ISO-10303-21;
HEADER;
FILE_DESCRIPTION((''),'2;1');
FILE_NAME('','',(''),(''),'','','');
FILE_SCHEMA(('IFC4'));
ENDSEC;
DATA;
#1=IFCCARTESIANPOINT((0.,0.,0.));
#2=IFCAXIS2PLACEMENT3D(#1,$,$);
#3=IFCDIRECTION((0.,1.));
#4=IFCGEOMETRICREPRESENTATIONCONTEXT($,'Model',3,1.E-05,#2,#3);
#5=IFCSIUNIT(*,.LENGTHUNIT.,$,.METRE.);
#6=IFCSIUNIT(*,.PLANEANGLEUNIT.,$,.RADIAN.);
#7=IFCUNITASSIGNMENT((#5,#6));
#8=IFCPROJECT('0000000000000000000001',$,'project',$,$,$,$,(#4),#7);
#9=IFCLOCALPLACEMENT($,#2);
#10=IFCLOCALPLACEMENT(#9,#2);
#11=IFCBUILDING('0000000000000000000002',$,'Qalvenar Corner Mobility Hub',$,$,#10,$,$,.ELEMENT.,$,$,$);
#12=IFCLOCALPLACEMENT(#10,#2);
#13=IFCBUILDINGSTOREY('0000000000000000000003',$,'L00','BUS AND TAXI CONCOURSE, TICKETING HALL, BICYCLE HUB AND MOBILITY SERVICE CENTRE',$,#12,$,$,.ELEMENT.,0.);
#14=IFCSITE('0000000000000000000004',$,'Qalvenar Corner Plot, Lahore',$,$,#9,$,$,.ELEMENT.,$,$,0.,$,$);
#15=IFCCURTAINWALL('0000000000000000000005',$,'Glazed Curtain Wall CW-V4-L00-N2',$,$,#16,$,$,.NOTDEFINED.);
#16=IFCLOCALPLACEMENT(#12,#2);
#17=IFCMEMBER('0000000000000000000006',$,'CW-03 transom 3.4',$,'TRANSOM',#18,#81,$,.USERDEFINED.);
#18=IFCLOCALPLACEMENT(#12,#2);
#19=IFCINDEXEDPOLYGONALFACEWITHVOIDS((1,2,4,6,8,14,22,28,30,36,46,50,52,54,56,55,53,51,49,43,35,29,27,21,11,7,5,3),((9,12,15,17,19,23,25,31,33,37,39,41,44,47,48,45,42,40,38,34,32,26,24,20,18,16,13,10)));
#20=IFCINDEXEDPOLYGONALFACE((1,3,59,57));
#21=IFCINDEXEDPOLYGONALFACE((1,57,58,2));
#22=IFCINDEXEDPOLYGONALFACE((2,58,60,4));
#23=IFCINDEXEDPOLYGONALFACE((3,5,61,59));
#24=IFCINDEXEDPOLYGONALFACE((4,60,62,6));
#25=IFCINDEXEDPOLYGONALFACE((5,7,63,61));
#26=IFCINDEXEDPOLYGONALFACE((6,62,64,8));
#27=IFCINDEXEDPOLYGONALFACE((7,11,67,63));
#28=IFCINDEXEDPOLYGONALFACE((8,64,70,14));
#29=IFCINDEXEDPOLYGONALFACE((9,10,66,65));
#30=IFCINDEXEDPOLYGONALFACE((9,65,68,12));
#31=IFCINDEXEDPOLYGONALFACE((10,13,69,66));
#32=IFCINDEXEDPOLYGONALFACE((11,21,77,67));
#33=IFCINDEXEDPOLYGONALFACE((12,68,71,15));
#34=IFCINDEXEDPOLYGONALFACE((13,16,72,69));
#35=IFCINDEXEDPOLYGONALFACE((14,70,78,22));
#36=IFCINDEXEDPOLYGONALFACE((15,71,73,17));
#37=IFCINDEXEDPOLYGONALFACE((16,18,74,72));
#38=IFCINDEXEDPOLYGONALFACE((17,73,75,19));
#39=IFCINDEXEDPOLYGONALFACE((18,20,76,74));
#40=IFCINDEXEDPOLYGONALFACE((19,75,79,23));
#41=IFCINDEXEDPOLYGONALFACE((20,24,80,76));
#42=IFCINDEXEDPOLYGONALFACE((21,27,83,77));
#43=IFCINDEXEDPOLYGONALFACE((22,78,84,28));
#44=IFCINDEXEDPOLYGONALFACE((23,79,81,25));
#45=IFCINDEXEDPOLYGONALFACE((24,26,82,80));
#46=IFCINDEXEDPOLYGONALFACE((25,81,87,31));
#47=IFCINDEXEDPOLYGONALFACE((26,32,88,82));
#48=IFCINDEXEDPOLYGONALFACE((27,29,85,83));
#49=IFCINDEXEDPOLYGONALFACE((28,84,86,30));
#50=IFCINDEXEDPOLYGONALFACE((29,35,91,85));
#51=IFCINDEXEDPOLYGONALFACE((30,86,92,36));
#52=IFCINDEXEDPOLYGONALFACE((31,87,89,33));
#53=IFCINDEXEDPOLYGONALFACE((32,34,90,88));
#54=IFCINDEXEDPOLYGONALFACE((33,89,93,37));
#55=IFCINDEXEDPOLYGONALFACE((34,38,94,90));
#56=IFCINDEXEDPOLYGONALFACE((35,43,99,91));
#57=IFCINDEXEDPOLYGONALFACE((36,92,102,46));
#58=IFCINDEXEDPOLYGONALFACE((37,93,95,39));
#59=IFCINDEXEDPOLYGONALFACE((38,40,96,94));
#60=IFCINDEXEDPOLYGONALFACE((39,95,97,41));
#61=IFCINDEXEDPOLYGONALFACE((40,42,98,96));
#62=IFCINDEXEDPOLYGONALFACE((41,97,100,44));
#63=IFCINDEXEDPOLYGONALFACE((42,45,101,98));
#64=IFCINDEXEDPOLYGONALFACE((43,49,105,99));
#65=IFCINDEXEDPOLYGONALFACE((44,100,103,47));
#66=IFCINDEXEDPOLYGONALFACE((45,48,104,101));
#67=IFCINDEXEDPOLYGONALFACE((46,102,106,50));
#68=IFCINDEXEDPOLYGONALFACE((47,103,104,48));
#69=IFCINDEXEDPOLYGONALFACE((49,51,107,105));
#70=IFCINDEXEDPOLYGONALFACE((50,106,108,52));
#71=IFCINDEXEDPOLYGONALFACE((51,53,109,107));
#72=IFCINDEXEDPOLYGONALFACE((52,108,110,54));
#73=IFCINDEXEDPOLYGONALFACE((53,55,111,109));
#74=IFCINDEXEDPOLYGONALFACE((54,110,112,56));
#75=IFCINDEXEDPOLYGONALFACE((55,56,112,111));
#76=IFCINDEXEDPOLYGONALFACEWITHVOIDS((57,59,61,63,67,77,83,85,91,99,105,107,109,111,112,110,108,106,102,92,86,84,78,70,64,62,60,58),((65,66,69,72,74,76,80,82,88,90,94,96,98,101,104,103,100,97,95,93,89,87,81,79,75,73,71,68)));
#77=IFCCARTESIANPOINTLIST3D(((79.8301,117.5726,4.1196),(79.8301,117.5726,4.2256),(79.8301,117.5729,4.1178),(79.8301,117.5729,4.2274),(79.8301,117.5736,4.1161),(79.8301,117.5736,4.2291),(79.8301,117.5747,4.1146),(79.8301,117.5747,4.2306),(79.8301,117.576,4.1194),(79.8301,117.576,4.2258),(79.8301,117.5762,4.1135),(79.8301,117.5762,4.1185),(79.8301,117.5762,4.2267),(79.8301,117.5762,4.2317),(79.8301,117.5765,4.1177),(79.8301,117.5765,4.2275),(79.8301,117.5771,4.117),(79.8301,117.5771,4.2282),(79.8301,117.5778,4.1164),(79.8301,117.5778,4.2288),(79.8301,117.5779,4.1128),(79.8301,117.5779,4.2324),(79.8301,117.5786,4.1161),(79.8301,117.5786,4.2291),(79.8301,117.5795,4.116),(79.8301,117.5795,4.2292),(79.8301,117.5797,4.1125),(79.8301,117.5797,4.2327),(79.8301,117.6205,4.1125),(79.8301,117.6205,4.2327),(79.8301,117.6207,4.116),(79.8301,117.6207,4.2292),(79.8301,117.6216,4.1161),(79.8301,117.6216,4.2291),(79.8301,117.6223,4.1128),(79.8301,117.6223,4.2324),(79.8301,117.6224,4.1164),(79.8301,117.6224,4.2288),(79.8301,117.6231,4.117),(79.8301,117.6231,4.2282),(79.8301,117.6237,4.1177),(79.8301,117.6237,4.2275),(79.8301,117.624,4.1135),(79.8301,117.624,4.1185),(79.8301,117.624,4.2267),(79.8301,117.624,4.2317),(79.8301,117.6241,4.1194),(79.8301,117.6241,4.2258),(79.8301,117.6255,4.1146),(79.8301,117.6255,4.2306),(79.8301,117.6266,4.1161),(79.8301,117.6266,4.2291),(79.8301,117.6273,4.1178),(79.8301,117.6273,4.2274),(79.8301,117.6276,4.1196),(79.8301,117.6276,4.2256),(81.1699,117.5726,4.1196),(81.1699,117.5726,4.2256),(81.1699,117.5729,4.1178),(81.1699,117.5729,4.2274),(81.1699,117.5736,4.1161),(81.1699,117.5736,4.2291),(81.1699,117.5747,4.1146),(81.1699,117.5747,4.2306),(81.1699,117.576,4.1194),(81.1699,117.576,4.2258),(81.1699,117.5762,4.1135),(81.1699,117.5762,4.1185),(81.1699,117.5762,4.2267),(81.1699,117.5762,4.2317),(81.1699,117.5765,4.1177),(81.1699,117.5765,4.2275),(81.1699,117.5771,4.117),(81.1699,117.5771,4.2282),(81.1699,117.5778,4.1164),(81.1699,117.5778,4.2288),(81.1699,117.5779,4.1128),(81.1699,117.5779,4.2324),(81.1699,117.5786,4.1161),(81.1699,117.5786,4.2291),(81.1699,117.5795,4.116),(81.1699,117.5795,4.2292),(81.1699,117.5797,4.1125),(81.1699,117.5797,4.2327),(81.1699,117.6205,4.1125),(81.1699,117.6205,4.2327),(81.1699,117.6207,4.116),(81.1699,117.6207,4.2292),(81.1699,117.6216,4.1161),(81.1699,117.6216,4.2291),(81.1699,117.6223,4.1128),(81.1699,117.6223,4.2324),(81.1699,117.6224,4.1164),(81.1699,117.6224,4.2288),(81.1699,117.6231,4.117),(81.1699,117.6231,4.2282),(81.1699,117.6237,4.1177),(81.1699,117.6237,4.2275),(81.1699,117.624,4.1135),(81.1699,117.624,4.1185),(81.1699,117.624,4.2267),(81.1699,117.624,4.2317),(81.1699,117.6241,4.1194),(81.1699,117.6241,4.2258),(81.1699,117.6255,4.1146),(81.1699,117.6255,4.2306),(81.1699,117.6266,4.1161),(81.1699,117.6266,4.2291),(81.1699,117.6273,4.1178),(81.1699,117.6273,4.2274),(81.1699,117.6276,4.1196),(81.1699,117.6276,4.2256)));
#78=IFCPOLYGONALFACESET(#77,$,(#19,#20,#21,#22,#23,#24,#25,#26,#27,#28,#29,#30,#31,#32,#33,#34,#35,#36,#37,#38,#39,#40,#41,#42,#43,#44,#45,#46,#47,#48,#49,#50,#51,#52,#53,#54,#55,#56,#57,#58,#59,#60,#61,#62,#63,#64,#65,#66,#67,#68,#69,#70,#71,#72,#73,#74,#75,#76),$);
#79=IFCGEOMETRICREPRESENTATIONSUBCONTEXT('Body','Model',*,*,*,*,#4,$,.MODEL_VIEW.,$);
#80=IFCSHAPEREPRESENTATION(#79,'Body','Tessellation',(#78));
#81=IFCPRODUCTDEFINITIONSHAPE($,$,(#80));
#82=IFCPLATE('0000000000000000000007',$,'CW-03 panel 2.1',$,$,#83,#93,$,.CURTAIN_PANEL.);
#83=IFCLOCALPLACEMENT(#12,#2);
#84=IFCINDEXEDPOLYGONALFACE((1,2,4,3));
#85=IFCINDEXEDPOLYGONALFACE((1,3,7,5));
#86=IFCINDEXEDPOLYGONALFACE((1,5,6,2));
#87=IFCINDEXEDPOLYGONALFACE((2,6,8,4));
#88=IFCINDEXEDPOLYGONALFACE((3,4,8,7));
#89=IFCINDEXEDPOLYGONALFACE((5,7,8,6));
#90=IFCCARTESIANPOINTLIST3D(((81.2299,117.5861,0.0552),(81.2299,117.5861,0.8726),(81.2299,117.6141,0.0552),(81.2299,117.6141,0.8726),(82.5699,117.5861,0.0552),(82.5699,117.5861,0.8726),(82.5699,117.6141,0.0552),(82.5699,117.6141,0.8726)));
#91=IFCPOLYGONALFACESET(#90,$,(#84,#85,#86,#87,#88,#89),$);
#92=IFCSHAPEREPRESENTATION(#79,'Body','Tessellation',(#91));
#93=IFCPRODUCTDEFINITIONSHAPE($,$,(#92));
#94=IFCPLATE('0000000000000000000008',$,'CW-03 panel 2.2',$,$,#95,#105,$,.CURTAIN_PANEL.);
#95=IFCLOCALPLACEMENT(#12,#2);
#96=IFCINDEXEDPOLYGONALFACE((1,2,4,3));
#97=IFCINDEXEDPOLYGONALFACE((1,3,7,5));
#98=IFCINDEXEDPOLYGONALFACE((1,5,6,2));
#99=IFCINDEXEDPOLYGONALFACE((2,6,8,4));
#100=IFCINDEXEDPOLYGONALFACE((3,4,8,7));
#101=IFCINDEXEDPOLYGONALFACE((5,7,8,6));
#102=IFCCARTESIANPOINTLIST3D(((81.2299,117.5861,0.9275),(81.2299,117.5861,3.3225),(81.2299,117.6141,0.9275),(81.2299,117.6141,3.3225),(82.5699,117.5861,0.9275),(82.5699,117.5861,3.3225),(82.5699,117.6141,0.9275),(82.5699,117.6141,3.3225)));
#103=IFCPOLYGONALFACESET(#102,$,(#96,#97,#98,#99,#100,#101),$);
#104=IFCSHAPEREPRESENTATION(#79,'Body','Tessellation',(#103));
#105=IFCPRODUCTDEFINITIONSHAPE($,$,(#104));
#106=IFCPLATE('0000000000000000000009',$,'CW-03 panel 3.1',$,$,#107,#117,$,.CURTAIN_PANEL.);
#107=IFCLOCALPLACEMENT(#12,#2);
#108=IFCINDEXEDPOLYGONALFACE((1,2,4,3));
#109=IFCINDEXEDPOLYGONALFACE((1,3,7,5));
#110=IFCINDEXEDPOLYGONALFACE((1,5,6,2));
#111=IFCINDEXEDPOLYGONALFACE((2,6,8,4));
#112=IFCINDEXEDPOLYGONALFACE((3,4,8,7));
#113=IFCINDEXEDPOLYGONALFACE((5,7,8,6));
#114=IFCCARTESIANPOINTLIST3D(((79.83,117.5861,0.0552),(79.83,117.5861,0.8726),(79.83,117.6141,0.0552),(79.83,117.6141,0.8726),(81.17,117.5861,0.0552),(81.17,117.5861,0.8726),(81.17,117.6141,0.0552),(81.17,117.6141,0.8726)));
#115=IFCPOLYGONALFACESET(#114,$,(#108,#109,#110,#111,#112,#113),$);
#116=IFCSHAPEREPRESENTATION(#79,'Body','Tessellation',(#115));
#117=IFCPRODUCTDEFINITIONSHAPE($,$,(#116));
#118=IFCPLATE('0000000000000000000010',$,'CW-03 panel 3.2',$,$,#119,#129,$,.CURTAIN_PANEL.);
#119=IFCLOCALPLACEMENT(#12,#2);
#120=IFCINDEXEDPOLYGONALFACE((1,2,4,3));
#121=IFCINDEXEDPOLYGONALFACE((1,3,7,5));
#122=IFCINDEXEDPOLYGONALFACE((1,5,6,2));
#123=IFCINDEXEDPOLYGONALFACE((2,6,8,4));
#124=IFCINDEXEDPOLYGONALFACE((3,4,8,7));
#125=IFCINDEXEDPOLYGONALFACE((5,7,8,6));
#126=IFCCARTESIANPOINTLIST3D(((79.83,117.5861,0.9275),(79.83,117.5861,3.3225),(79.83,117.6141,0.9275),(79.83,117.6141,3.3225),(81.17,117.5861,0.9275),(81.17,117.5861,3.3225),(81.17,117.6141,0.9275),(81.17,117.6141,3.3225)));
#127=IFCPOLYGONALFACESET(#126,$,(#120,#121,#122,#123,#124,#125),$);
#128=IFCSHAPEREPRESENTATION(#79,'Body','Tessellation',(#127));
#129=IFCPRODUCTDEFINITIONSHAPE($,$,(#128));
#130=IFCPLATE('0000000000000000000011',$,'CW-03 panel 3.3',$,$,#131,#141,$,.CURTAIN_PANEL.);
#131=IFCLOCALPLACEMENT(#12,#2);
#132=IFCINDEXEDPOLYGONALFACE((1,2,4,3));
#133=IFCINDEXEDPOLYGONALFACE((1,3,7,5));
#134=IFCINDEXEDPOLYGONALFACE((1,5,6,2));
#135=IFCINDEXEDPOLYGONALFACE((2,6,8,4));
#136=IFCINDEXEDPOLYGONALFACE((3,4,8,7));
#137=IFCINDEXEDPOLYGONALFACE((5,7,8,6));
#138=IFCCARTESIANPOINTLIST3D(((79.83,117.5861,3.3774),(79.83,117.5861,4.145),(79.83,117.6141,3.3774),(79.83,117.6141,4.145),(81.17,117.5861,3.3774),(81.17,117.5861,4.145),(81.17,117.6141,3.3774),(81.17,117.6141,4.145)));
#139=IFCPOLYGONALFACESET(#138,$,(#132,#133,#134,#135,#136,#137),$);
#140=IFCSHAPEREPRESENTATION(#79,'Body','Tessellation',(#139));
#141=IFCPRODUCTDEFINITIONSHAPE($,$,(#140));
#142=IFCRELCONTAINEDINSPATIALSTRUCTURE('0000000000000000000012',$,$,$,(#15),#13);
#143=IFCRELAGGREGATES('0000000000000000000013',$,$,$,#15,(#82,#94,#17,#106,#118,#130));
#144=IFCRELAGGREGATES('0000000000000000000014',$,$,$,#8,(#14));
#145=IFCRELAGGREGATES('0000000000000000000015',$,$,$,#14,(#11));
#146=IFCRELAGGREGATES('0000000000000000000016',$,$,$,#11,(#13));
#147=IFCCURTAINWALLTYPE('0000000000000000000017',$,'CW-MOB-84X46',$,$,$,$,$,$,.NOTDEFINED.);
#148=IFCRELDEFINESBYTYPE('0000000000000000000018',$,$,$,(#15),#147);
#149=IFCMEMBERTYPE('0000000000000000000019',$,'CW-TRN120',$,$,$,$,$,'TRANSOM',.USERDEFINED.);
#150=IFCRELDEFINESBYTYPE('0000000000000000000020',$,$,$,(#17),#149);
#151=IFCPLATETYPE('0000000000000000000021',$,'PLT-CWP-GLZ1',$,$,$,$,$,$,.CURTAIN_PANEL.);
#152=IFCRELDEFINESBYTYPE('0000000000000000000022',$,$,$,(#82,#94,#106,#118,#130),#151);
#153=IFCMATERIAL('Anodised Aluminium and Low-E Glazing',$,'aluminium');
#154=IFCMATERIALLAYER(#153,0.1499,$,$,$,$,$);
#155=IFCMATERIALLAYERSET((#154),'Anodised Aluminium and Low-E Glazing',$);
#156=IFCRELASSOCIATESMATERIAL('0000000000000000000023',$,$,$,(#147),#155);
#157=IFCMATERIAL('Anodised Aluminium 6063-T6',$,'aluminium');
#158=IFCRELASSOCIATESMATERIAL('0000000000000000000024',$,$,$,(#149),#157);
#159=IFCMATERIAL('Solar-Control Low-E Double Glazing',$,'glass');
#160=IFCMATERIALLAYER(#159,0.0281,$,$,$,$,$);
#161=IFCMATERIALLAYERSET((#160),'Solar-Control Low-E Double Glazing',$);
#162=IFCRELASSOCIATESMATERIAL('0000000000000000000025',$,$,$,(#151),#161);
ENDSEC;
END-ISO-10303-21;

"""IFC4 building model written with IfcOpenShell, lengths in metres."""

from ifc_helpers import new_model, si_unit, direction, frame, origin, origin_2d, place, context, subcontext, project, spatial, rectangle, hollow_rectangle, extrude, material, layer, layer_set, material_profile, profile_set, type_object, element, aggregate, save


model = new_model("IFC4")

# Units and contexts
model_context = context("Model", 3, precision=1e-05, world=origin(), true_north=direction((0.0, 1.0)))
body_context = subcontext(model_context, "Body", "Model", "MODEL_VIEW")
ifc_project = project(units=[si_unit("LENGTHUNIT", "METRE"), si_unit("PLANEANGLEUNIT", "RADIAN")], contexts=[model_context])

# Site, building, storey
site_placement = place(None, origin())
site = spatial("IfcSite", under=ifc_project, at=site_placement, Name="Qalvenar Corner Plot, Lahore", CompositionType="ELEMENT", RefElevation=0.0)
building_placement = place(site_placement, origin())
building = spatial("IfcBuilding", under=site, at=building_placement, Name="Qalvenar Corner Mobility Hub", CompositionType="ELEMENT")
storey_placement = place(building_placement, origin())
storey = spatial("IfcBuildingStorey", under=building, at=storey_placement, Name="L00", Description="BUS AND TAXI CONCOURSE, TICKETING HALL, BICYCLE HUB AND MOBILITY SERVICE CENTRE", CompositionType="ELEMENT", Elevation=0.0)

# Curtain wall, member, plates
ifc_material_1 = material(Name="Anodised Aluminium and Low-E Glazing", Category="aluminium")
ifc_layer_1 = layer(ifc_material_1, 0.1499)
ifc_layer_set_1 = layer_set([ifc_layer_1], Name="Anodised Aluminium and Low-E Glazing")
curtain_wall_type = type_object("IfcCurtainWallType", Name="CW-MOB-84X46", PredefinedType="NOTDEFINED", material=ifc_layer_set_1)
curtain_wall_placement = place(storey_placement, origin())
curtain_wall = element("IfcCurtainWall", 1, at=curtain_wall_placement, inside=storey, type_object=curtain_wall_type, Name="Glazed Curtain Wall CW-V4-L00-N2", PredefinedType="NOTDEFINED")
ifc_material_2 = material(Name="Anodised Aluminium 6063-T6", Category="aluminium")
ifc_material_profile_1 = material_profile(ifc_material_2, hollow_rectangle(XDim=0.0549, YDim=0.1201, WallThickness=0.0034, InnerFilletRadius=0.0034, OuterFilletRadius=0.0071, at=origin_2d()), Name="RHS120x55x3.5")
ifc_profile_set_1 = profile_set([ifc_material_profile_1], Name="Anodised Aluminium 6063-T6")
member_type_1 = type_object("IfcMemberType", Name="CW-TRN120", ElementType="TRANSOM", PredefinedType="USERDEFINED", material=ifc_profile_set_1)
member_1_placement = place(storey_placement, frame((81.1699, 117.6001, 4.1726), z_axis=(-1.0, 0.0, 0.0), x_axis=(0.0, -1.0, 0.0)))
member_1 = element("IfcMember", 2, at=member_1_placement, type_object=member_type_1, Name="CW-03 transom 3.4", ObjectType="TRANSOM", PredefinedType="USERDEFINED", context=body_context, shape_type="SweptSolid", body=[
    extrude(hollow_rectangle(XDim=0.0549, YDim=0.1201, WallThickness=0.0034, InnerFilletRadius=0.0034, OuterFilletRadius=0.0071, at=origin_2d()), origin(), (0.0, 0.0, 1.0), 1.3398),
])
ifc_material_3 = material(Name="Solar-Control Low-E Double Glazing", Category="glass")
ifc_layer_2 = layer(ifc_material_3, 0.0281)
ifc_layer_set_2 = layer_set([ifc_layer_2], Name="Solar-Control Low-E Double Glazing")
plate_type = type_object("IfcPlateType", Name="PLT-CWP-GLZ1", PredefinedType="CURTAIN_PANEL", material=ifc_layer_set_2)
plate_1_placement = place(storey_placement, frame((81.8999, 117.6001, 0.0552), z_axis=(0.0, 0.0, 1.0), x_axis=(-1.0, 0.0, 0.0)))
plate_1 = element("IfcPlate", 3, at=plate_1_placement, type_object=plate_type, Name="CW-03 panel 2.1", PredefinedType="CURTAIN_PANEL", context=body_context, shape_type="SweptSolid", body=[
    extrude(rectangle(XDim=1.3401, YDim=0.0281, at=origin_2d()), origin(), (0.0, 0.0, 1.0), 0.8174),
])
plate_2_placement = place(storey_placement, frame((81.8999, 117.6001, 0.9275), z_axis=(0.0, 0.0, 1.0), x_axis=(-1.0, 0.0, 0.0)))
plate_2 = element("IfcPlate", 4, at=plate_2_placement, type_object=plate_type, Name="CW-03 panel 2.2", PredefinedType="CURTAIN_PANEL", context=body_context, shape_type="SweptSolid", body=[
    extrude(rectangle(XDim=1.3401, YDim=0.0281, at=origin_2d()), origin(), (0.0, 0.0, 1.0), 2.395),
])
plate_3_placement = place(storey_placement, frame((80.5, 117.6001, 0.0552), z_axis=(0.0, 0.0, 1.0), x_axis=(-1.0, 0.0, 0.0)))
plate_3 = element("IfcPlate", 5, at=plate_3_placement, type_object=plate_type, Name="CW-03 panel 3.1", PredefinedType="CURTAIN_PANEL", context=body_context, shape_type="SweptSolid", body=[
    extrude(rectangle(XDim=1.3401, YDim=0.0281, at=origin_2d()), origin(), (0.0, 0.0, 1.0), 0.8174),
])
plate_4_placement = place(storey_placement, frame((80.5, 117.6001, 0.9275), z_axis=(0.0, 0.0, 1.0), x_axis=(-1.0, 0.0, 0.0)))
plate_4 = element("IfcPlate", 6, at=plate_4_placement, type_object=plate_type, Name="CW-03 panel 3.2", PredefinedType="CURTAIN_PANEL", context=body_context, shape_type="SweptSolid", body=[
    extrude(rectangle(XDim=1.3401, YDim=0.0281, at=origin_2d()), origin(), (0.0, 0.0, 1.0), 2.395),
])
plate_5_placement = place(storey_placement, frame((80.5, 117.6001, 3.3774), z_axis=(0.0, 0.0, 1.0), x_axis=(-1.0, 0.0, 0.0)))
plate_5 = element("IfcPlate", 7, at=plate_5_placement, type_object=plate_type, Name="CW-03 panel 3.3", PredefinedType="CURTAIN_PANEL", context=body_context, shape_type="SweptSolid", body=[
    extrude(rectangle(XDim=1.3401, YDim=0.0281, at=origin_2d()), origin(), (0.0, 0.0, 1.0), 0.7676),
])
aggregate(curtain_wall, [plate_1, plate_2, member_1, plate_3, plate_4, plate_5])

save(model, "model.ifc")
